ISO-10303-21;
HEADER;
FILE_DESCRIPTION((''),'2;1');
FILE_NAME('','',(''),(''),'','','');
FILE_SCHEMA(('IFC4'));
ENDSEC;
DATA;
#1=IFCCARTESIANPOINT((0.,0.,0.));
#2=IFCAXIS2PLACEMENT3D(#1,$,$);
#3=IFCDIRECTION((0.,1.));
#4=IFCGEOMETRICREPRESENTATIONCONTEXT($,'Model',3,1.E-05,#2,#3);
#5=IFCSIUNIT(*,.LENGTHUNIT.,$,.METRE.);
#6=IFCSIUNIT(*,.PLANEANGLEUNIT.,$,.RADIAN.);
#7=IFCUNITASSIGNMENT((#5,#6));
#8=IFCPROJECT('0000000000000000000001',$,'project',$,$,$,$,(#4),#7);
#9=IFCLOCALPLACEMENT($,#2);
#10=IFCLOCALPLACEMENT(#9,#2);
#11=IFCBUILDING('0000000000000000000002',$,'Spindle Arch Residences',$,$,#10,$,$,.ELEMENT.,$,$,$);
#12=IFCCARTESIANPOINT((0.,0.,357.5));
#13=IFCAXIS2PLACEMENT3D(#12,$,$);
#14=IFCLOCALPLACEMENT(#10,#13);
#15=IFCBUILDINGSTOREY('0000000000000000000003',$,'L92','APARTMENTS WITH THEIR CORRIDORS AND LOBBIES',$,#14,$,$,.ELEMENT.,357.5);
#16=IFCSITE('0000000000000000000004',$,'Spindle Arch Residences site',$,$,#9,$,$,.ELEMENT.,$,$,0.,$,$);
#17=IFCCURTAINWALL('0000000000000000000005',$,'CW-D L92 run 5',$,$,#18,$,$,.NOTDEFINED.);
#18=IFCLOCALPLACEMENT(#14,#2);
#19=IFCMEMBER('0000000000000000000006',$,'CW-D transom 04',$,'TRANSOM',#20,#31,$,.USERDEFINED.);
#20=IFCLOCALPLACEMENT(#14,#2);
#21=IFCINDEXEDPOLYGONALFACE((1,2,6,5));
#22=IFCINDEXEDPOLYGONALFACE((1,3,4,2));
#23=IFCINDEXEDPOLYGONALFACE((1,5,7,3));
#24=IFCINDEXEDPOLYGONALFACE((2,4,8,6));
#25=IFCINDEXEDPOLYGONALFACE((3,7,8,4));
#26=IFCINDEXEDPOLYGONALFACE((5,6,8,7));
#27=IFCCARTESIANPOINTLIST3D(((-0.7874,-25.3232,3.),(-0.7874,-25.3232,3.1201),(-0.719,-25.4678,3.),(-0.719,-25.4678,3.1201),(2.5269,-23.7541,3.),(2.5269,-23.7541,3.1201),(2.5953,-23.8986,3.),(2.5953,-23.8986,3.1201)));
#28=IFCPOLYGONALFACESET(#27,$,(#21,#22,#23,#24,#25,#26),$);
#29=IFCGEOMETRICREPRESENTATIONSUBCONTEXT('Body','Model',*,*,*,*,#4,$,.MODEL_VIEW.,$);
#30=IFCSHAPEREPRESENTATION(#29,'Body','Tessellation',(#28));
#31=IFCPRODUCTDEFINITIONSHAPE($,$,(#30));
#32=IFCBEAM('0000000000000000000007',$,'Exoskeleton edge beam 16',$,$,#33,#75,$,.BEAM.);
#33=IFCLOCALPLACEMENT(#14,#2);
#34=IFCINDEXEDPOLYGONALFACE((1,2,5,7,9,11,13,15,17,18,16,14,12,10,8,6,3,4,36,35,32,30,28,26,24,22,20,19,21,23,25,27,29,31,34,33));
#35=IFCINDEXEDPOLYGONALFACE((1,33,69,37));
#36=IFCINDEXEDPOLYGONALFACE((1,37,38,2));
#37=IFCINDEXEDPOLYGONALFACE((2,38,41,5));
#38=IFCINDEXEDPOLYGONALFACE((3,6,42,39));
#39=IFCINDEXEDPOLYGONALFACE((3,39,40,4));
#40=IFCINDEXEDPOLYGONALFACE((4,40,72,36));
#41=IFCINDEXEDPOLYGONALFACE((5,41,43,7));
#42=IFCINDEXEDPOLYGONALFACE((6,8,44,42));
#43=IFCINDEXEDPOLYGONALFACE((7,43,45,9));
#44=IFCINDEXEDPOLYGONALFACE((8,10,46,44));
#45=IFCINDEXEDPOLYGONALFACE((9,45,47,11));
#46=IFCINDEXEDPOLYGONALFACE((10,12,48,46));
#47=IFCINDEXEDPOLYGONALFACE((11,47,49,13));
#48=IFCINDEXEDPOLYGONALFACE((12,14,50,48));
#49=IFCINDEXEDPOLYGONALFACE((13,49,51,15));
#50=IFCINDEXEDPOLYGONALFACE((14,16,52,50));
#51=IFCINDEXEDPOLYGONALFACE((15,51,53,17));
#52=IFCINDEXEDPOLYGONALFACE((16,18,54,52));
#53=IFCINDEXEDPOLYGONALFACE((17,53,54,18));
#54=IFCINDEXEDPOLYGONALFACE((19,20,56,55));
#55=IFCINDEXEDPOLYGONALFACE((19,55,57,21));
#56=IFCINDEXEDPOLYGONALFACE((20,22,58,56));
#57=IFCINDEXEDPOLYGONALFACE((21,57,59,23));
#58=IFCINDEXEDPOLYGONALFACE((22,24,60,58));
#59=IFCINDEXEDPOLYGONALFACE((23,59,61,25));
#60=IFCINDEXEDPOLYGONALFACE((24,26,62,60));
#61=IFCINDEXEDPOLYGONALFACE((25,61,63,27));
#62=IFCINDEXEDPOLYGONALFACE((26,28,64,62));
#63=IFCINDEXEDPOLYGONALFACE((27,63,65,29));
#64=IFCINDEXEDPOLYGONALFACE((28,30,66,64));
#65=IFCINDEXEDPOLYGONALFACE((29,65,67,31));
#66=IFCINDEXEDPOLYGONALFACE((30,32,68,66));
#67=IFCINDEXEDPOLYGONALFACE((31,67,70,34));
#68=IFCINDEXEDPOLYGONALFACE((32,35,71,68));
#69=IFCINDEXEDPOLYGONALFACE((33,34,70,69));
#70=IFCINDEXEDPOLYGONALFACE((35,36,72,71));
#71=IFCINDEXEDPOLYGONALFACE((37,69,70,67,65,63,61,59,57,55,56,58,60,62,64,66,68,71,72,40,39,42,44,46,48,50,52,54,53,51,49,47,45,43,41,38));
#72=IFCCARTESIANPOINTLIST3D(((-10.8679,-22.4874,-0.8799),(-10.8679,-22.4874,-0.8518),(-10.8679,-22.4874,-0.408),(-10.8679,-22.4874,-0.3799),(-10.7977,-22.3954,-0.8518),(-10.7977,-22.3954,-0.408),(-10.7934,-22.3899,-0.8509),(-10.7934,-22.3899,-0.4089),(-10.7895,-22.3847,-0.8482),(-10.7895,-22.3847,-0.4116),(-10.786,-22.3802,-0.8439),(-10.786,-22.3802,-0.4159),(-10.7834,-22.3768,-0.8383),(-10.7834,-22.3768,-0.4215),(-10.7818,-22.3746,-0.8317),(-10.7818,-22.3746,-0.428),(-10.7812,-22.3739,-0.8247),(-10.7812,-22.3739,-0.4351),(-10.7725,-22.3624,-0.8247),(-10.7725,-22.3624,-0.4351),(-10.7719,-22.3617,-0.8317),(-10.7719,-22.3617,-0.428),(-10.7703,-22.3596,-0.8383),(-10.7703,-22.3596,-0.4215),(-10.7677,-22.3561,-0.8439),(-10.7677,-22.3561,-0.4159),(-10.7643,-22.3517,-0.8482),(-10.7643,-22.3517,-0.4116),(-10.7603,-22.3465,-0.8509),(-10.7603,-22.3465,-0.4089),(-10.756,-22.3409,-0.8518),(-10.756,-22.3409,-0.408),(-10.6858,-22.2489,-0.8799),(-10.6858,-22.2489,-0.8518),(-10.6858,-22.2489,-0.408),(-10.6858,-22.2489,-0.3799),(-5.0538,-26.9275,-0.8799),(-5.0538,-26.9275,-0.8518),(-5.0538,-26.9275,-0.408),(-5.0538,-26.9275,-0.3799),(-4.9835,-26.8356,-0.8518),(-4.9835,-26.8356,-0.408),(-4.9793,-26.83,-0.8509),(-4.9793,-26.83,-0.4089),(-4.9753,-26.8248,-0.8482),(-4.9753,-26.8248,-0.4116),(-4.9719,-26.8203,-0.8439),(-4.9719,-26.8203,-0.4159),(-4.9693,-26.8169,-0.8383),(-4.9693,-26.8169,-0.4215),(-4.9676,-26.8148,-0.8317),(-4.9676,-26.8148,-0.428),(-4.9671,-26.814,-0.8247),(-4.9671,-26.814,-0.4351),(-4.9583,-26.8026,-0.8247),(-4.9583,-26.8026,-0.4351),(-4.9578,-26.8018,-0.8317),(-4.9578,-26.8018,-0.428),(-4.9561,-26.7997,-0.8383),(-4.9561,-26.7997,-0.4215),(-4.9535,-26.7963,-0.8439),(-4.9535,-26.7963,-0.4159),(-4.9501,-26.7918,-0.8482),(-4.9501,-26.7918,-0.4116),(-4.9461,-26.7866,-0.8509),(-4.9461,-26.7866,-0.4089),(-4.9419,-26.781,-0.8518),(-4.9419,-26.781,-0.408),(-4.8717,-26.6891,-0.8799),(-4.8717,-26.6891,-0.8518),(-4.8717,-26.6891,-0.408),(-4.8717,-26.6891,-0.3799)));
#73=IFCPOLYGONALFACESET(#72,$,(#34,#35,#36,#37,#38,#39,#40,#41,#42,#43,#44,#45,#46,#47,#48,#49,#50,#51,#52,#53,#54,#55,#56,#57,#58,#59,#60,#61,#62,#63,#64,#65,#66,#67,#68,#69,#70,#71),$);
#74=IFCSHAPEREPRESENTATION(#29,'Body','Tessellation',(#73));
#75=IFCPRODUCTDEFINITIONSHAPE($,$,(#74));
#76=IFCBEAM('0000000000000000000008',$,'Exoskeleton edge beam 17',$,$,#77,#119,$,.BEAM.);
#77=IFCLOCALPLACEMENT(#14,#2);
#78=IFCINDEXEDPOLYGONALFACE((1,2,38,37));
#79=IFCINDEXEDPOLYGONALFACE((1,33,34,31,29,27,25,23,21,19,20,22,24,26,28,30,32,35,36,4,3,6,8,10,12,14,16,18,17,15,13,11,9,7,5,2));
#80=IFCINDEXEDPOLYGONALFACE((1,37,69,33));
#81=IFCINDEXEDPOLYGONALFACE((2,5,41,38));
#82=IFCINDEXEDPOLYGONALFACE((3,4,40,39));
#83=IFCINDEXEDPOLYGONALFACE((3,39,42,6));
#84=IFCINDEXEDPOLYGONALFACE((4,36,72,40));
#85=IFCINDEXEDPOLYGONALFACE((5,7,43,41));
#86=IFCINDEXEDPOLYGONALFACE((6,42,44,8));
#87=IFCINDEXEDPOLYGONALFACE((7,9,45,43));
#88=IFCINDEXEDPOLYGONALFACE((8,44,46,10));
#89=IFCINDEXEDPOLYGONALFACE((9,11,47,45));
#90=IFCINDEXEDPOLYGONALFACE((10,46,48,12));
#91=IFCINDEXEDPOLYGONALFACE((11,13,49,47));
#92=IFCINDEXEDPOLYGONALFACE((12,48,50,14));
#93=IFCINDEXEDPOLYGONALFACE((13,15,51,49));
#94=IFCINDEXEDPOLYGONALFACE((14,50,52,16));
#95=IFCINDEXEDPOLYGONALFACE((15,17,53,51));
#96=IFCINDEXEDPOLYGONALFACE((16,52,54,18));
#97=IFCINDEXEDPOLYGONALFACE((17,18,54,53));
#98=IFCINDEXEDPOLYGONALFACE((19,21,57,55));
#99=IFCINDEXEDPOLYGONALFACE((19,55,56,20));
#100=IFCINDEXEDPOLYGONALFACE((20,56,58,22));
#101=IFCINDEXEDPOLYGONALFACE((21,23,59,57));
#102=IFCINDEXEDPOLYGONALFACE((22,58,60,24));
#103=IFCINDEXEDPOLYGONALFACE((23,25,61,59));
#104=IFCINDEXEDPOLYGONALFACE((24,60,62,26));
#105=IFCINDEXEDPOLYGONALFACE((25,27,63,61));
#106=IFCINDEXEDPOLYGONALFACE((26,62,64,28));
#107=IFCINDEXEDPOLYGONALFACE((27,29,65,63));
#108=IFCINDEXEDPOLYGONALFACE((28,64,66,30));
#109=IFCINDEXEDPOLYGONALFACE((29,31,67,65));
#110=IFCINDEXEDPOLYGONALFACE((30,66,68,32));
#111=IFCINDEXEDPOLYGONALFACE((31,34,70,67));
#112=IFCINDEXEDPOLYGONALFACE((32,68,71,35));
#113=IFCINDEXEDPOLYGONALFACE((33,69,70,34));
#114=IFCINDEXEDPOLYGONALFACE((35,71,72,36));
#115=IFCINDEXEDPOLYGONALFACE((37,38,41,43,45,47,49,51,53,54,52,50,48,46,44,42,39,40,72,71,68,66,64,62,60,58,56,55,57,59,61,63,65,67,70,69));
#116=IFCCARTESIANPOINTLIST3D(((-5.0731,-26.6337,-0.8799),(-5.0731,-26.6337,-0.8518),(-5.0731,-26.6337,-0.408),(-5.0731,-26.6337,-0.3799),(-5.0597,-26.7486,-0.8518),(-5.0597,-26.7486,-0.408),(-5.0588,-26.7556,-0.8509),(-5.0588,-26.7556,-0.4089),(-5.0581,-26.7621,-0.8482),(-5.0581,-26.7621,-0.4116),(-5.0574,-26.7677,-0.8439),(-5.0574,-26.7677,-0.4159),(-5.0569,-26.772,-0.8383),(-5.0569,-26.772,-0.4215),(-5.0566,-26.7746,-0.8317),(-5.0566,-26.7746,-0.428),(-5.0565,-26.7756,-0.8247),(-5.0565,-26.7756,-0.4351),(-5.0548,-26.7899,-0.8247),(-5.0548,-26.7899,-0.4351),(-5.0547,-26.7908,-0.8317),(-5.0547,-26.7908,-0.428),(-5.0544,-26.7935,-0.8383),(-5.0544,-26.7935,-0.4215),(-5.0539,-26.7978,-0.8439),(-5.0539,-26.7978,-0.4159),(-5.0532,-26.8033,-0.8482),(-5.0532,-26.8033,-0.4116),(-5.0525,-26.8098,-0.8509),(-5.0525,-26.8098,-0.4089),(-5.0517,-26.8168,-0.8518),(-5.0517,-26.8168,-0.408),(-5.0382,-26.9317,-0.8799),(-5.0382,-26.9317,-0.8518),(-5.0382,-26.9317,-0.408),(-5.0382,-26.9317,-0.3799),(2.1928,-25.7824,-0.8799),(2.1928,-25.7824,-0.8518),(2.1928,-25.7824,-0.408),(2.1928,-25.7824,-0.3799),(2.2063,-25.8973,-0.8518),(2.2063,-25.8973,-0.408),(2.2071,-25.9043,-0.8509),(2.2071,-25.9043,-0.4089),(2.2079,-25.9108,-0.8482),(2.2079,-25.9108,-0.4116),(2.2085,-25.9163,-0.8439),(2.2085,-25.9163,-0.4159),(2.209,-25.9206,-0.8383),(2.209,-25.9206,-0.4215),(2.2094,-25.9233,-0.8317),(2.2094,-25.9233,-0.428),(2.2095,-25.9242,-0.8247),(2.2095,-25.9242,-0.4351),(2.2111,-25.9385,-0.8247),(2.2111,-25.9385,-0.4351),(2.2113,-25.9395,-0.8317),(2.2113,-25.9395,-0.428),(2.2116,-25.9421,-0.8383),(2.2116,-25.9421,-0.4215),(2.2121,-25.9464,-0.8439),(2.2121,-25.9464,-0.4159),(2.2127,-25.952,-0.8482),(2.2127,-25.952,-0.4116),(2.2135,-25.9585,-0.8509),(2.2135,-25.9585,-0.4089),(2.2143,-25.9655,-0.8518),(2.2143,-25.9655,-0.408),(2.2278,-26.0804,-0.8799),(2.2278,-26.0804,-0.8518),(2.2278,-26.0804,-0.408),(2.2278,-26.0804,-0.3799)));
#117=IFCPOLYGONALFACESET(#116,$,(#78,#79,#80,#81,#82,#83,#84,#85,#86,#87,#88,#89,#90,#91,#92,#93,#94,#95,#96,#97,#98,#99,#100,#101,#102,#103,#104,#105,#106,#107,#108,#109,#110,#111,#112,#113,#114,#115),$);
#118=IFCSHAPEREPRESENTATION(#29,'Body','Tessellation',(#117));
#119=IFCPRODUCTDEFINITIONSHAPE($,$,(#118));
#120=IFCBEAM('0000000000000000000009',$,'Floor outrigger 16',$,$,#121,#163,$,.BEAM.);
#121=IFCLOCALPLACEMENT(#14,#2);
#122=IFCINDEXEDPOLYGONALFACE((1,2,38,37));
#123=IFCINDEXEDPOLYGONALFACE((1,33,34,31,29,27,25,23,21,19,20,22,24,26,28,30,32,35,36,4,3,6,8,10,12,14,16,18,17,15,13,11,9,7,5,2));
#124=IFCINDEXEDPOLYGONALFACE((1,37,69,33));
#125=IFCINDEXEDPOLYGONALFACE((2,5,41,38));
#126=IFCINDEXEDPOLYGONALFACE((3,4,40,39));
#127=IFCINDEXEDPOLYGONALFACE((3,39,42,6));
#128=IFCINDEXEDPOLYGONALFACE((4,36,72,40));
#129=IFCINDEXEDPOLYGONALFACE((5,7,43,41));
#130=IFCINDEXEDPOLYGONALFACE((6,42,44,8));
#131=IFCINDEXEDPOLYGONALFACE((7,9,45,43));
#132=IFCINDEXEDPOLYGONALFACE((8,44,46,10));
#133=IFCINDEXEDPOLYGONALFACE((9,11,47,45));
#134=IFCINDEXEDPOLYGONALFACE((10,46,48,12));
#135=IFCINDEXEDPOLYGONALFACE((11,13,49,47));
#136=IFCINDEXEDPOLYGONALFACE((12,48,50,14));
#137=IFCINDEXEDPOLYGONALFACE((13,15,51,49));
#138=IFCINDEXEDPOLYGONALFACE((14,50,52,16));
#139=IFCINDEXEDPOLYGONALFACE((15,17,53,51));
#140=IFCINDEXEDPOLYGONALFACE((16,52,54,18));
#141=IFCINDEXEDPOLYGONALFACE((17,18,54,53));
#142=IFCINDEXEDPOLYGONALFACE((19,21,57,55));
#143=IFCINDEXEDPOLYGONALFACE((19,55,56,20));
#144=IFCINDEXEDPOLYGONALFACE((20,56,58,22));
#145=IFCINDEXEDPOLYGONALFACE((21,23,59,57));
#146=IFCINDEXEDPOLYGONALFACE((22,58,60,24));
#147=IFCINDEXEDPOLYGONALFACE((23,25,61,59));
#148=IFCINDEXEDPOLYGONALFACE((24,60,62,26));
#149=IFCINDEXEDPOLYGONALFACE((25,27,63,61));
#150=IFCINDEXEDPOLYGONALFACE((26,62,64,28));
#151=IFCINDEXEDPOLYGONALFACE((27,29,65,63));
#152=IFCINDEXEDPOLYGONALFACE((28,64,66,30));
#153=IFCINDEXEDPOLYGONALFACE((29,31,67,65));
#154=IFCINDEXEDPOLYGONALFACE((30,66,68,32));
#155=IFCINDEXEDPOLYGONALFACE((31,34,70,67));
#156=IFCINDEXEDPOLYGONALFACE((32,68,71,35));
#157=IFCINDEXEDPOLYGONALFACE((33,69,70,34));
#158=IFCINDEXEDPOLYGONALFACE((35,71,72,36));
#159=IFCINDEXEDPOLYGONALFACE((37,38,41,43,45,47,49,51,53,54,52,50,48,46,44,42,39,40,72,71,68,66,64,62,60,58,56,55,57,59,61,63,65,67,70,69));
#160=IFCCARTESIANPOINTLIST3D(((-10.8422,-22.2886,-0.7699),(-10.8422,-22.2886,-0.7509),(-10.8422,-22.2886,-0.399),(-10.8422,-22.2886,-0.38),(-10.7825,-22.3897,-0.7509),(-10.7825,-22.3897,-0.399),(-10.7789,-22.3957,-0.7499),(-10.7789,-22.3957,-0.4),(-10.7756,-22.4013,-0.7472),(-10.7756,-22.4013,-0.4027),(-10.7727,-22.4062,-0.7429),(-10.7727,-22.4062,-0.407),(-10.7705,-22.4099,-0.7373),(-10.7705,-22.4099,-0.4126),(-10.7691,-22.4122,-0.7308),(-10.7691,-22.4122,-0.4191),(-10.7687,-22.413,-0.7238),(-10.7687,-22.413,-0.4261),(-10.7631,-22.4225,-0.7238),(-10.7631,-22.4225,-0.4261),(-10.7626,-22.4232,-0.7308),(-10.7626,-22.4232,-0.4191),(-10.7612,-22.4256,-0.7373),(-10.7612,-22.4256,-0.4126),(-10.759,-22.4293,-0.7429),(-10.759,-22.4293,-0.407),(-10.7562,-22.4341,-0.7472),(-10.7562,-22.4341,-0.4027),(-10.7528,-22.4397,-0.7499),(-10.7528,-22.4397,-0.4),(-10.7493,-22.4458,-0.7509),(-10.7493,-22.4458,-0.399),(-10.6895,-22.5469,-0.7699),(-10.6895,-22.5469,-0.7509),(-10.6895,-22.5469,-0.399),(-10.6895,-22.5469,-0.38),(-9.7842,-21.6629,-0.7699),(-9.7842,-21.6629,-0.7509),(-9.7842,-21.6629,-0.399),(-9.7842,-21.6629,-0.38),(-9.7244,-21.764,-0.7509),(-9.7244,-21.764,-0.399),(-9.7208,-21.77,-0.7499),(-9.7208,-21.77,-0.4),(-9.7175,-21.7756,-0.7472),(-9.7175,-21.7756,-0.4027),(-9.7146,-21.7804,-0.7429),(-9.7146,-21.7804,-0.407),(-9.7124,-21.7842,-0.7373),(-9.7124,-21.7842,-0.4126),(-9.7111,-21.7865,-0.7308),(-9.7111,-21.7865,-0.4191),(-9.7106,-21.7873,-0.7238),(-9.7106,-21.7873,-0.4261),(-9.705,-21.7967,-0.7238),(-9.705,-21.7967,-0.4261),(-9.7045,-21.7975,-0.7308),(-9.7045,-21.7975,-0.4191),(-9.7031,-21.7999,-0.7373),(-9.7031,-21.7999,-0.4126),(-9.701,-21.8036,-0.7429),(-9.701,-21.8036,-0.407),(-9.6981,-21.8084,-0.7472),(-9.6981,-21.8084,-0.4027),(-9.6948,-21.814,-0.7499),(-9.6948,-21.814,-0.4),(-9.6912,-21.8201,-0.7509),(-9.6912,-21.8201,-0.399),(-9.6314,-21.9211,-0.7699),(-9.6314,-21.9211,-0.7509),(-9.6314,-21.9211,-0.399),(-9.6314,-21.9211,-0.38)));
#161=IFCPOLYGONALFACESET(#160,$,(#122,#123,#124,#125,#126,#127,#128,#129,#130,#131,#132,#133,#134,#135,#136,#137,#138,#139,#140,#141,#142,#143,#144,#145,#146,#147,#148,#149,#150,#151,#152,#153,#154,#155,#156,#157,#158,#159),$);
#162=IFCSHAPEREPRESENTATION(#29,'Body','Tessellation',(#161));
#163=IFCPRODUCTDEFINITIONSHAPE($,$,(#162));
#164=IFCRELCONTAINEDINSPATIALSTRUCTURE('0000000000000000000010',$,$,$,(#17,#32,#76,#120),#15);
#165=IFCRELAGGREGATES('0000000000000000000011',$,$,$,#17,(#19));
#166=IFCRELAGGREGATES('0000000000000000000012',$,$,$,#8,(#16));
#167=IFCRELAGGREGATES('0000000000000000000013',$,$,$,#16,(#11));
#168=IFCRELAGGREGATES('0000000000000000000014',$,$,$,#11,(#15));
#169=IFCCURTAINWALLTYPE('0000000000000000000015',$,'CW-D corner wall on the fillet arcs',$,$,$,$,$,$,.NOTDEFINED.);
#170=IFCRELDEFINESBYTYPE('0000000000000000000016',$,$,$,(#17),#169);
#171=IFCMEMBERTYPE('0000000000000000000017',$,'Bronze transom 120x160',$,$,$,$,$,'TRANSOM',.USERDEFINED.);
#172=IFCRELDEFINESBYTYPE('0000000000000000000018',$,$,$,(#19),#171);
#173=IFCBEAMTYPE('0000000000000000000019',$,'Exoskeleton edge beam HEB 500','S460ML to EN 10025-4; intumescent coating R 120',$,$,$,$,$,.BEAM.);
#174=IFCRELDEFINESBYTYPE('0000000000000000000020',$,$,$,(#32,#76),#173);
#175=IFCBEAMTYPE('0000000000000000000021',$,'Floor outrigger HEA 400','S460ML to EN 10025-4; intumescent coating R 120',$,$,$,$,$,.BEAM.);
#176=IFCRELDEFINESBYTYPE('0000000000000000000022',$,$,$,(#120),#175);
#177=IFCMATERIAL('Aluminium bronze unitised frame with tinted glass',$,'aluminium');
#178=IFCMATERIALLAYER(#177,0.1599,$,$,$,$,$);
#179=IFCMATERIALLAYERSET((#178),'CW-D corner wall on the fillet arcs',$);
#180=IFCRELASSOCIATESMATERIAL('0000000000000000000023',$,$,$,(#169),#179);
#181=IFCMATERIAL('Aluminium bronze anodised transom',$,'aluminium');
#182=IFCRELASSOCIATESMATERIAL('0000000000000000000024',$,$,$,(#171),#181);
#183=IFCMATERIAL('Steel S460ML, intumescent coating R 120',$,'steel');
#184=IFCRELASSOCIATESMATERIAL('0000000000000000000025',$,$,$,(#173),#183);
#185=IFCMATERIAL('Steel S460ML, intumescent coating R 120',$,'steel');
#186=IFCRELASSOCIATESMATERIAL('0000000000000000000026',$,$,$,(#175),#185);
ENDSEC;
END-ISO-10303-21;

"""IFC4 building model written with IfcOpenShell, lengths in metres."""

from ifc_helpers import new_model, si_unit, direction, frame, origin, origin_2d, place, context, subcontext, project, spatial, rectangle, i_section, extrude, material, layer, layer_set, material_profile, profile_set, type_object, element, aggregate, save


model = new_model("IFC4")

# Units and contexts
model_context = context("Model", 3, precision=1e-05, world=origin(), true_north=direction((0.0, 1.0)))
body_context = subcontext(model_context, "Body", "Model", "MODEL_VIEW")
ifc_project = project(units=[si_unit("LENGTHUNIT", "METRE"), si_unit("PLANEANGLEUNIT", "RADIAN")], contexts=[model_context])

# Site, building, storey
site_placement = place(None, origin())
site = spatial("IfcSite", under=ifc_project, at=site_placement, Name="Spindle Arch Residences site", CompositionType="ELEMENT", RefElevation=0.0)
building_placement = place(site_placement, origin())
building = spatial("IfcBuilding", under=site, at=building_placement, Name="Spindle Arch Residences", CompositionType="ELEMENT")
storey_placement = place(building_placement, frame((0.0, 0.0, 357.5)))
storey = spatial("IfcBuildingStorey", under=building, at=storey_placement, Name="L92", Description="APARTMENTS WITH THEIR CORRIDORS AND LOBBIES", CompositionType="ELEMENT", Elevation=357.5)

# Curtain wall, member
ifc_material_1 = material(Name="Aluminium bronze unitised frame with tinted glass", Category="aluminium")
ifc_layer_1 = layer(ifc_material_1, 0.1599)
ifc_layer_set_1 = layer_set([ifc_layer_1], Name="CW-D corner wall on the fillet arcs")
curtain_wall_type = type_object("IfcCurtainWallType", Name="CW-D corner wall on the fillet arcs", PredefinedType="NOTDEFINED", material=ifc_layer_set_1)
curtain_wall_placement = place(storey_placement, origin())
curtain_wall = element("IfcCurtainWall", 1, at=curtain_wall_placement, inside=storey, type_object=curtain_wall_type, Name="CW-D L92 run 5", PredefinedType="NOTDEFINED")
ifc_material_2 = material(Name="Aluminium bronze anodised transom", Category="aluminium")
ifc_material_profile_1 = material_profile(ifc_material_2, rectangle(XDim=0.1599, YDim=0.1201, at=origin_2d()), Name="TR 120x160")
ifc_profile_set_1 = profile_set([ifc_material_profile_1], Name="Aluminium bronze anodised transom")
member_type_1 = type_object("IfcMemberType", Name="Bronze transom 120x160", ElementType="TRANSOM", PredefinedType="USERDEFINED", material=ifc_profile_set_1)
member_1_placement = place(storey_placement, frame((-0.7532, -25.3955, 3.0601), z_axis=(0.903822, 0.427909, 0.0), x_axis=(-0.427909, 0.903822, 0.0)))
member_1 = element("IfcMember", 2, at=member_1_placement, type_object=member_type_1, Name="CW-D transom 04", ObjectType="TRANSOM", PredefinedType="USERDEFINED", context=body_context, shape_type="SweptSolid", body=[
    extrude(rectangle(XDim=0.1599, YDim=0.1201, at=origin_2d()), origin(), (0.0, 0.0, 1.0), 3.667),
])

# Beams
ifc_material_3 = material(Name="Steel S460ML, intumescent coating R 120", Category="steel")
ifc_material_profile_2 = material_profile(ifc_material_3, i_section(OverallWidth=0.3, OverallDepth=0.5, WebThickness=0.0144, FlangeThickness=0.0281, FilletRadius=0.0271, at=origin_2d()), Name="HEB 500")
ifc_profile_set_2 = profile_set([ifc_material_profile_2], Name="Steel S460ML, intumescent coating R 120")
beam_type_1 = type_object("IfcBeamType", Name="Exoskeleton edge beam HEB 500", Description="S460ML to EN 10025-4; intumescent coating R 120", PredefinedType="BEAM", material=ifc_profile_set_2)
for number, where, z_axis, x_axis, name in (
    (3, (-10.7769, -22.3682, -0.6299), (0.794752, -0.606935, 0.0), (0.606935, 0.794752, 0.0), "Exoskeleton edge beam 16"),
    (4, (-5.0557, -26.7827, -0.6299), (0.993206, 0.116371, 0.0), (-0.116371, 0.993206, 0.0), "Exoskeleton edge beam 17"),
):
    element("IfcBeam", number, at=place(storey_placement, frame(where, z_axis=z_axis, x_axis=x_axis)), inside=storey, type_object=beam_type_1, Name=name, PredefinedType="BEAM", context=body_context, shape_type="SweptSolid", body=[
        extrude(i_section(OverallWidth=0.3, OverallDepth=0.5, WebThickness=0.0144, FlangeThickness=0.0281, FilletRadius=0.0271, at=origin_2d()), origin(), (0.0, 0.0, 1.0), 7.3157),
    ])
ifc_material_4 = material(Name="Steel S460ML, intumescent coating R 120", Category="steel")
ifc_material_profile_3 = material_profile(ifc_material_4, i_section(OverallWidth=0.3, OverallDepth=0.3899, WebThickness=0.011, FlangeThickness=0.019, FilletRadius=0.0271, at=origin_2d()), Name="HEA 400")
ifc_profile_set_3 = profile_set([ifc_material_profile_3], Name="Steel S460ML, intumescent coating R 120")
beam_type_2 = type_object("IfcBeamType", Name="Floor outrigger HEA 400", Description="S460ML to EN 10025-4; intumescent coating R 120", PredefinedType="BEAM", material=ifc_profile_set_3)
beam_1_placement = place(storey_placement, frame((-10.7659, -22.4177, -0.575), z_axis=(0.860753, 0.509024, 0.0), x_axis=(-0.509024, 0.860753, 0.0)))
element("IfcBeam", 5, at=beam_1_placement, inside=storey, type_object=beam_type_2, Name="Floor outrigger 16", PredefinedType="BEAM", context=body_context, shape_type="SweptSolid", body=[
    extrude(i_section(OverallWidth=0.3, OverallDepth=0.3899, WebThickness=0.011, FlangeThickness=0.019, FilletRadius=0.0271, at=origin_2d()), origin(), (0.0, 0.0, 1.0), 1.2292),
])

aggregate(curtain_wall, [member_1])

save(model, "model.ifc")
